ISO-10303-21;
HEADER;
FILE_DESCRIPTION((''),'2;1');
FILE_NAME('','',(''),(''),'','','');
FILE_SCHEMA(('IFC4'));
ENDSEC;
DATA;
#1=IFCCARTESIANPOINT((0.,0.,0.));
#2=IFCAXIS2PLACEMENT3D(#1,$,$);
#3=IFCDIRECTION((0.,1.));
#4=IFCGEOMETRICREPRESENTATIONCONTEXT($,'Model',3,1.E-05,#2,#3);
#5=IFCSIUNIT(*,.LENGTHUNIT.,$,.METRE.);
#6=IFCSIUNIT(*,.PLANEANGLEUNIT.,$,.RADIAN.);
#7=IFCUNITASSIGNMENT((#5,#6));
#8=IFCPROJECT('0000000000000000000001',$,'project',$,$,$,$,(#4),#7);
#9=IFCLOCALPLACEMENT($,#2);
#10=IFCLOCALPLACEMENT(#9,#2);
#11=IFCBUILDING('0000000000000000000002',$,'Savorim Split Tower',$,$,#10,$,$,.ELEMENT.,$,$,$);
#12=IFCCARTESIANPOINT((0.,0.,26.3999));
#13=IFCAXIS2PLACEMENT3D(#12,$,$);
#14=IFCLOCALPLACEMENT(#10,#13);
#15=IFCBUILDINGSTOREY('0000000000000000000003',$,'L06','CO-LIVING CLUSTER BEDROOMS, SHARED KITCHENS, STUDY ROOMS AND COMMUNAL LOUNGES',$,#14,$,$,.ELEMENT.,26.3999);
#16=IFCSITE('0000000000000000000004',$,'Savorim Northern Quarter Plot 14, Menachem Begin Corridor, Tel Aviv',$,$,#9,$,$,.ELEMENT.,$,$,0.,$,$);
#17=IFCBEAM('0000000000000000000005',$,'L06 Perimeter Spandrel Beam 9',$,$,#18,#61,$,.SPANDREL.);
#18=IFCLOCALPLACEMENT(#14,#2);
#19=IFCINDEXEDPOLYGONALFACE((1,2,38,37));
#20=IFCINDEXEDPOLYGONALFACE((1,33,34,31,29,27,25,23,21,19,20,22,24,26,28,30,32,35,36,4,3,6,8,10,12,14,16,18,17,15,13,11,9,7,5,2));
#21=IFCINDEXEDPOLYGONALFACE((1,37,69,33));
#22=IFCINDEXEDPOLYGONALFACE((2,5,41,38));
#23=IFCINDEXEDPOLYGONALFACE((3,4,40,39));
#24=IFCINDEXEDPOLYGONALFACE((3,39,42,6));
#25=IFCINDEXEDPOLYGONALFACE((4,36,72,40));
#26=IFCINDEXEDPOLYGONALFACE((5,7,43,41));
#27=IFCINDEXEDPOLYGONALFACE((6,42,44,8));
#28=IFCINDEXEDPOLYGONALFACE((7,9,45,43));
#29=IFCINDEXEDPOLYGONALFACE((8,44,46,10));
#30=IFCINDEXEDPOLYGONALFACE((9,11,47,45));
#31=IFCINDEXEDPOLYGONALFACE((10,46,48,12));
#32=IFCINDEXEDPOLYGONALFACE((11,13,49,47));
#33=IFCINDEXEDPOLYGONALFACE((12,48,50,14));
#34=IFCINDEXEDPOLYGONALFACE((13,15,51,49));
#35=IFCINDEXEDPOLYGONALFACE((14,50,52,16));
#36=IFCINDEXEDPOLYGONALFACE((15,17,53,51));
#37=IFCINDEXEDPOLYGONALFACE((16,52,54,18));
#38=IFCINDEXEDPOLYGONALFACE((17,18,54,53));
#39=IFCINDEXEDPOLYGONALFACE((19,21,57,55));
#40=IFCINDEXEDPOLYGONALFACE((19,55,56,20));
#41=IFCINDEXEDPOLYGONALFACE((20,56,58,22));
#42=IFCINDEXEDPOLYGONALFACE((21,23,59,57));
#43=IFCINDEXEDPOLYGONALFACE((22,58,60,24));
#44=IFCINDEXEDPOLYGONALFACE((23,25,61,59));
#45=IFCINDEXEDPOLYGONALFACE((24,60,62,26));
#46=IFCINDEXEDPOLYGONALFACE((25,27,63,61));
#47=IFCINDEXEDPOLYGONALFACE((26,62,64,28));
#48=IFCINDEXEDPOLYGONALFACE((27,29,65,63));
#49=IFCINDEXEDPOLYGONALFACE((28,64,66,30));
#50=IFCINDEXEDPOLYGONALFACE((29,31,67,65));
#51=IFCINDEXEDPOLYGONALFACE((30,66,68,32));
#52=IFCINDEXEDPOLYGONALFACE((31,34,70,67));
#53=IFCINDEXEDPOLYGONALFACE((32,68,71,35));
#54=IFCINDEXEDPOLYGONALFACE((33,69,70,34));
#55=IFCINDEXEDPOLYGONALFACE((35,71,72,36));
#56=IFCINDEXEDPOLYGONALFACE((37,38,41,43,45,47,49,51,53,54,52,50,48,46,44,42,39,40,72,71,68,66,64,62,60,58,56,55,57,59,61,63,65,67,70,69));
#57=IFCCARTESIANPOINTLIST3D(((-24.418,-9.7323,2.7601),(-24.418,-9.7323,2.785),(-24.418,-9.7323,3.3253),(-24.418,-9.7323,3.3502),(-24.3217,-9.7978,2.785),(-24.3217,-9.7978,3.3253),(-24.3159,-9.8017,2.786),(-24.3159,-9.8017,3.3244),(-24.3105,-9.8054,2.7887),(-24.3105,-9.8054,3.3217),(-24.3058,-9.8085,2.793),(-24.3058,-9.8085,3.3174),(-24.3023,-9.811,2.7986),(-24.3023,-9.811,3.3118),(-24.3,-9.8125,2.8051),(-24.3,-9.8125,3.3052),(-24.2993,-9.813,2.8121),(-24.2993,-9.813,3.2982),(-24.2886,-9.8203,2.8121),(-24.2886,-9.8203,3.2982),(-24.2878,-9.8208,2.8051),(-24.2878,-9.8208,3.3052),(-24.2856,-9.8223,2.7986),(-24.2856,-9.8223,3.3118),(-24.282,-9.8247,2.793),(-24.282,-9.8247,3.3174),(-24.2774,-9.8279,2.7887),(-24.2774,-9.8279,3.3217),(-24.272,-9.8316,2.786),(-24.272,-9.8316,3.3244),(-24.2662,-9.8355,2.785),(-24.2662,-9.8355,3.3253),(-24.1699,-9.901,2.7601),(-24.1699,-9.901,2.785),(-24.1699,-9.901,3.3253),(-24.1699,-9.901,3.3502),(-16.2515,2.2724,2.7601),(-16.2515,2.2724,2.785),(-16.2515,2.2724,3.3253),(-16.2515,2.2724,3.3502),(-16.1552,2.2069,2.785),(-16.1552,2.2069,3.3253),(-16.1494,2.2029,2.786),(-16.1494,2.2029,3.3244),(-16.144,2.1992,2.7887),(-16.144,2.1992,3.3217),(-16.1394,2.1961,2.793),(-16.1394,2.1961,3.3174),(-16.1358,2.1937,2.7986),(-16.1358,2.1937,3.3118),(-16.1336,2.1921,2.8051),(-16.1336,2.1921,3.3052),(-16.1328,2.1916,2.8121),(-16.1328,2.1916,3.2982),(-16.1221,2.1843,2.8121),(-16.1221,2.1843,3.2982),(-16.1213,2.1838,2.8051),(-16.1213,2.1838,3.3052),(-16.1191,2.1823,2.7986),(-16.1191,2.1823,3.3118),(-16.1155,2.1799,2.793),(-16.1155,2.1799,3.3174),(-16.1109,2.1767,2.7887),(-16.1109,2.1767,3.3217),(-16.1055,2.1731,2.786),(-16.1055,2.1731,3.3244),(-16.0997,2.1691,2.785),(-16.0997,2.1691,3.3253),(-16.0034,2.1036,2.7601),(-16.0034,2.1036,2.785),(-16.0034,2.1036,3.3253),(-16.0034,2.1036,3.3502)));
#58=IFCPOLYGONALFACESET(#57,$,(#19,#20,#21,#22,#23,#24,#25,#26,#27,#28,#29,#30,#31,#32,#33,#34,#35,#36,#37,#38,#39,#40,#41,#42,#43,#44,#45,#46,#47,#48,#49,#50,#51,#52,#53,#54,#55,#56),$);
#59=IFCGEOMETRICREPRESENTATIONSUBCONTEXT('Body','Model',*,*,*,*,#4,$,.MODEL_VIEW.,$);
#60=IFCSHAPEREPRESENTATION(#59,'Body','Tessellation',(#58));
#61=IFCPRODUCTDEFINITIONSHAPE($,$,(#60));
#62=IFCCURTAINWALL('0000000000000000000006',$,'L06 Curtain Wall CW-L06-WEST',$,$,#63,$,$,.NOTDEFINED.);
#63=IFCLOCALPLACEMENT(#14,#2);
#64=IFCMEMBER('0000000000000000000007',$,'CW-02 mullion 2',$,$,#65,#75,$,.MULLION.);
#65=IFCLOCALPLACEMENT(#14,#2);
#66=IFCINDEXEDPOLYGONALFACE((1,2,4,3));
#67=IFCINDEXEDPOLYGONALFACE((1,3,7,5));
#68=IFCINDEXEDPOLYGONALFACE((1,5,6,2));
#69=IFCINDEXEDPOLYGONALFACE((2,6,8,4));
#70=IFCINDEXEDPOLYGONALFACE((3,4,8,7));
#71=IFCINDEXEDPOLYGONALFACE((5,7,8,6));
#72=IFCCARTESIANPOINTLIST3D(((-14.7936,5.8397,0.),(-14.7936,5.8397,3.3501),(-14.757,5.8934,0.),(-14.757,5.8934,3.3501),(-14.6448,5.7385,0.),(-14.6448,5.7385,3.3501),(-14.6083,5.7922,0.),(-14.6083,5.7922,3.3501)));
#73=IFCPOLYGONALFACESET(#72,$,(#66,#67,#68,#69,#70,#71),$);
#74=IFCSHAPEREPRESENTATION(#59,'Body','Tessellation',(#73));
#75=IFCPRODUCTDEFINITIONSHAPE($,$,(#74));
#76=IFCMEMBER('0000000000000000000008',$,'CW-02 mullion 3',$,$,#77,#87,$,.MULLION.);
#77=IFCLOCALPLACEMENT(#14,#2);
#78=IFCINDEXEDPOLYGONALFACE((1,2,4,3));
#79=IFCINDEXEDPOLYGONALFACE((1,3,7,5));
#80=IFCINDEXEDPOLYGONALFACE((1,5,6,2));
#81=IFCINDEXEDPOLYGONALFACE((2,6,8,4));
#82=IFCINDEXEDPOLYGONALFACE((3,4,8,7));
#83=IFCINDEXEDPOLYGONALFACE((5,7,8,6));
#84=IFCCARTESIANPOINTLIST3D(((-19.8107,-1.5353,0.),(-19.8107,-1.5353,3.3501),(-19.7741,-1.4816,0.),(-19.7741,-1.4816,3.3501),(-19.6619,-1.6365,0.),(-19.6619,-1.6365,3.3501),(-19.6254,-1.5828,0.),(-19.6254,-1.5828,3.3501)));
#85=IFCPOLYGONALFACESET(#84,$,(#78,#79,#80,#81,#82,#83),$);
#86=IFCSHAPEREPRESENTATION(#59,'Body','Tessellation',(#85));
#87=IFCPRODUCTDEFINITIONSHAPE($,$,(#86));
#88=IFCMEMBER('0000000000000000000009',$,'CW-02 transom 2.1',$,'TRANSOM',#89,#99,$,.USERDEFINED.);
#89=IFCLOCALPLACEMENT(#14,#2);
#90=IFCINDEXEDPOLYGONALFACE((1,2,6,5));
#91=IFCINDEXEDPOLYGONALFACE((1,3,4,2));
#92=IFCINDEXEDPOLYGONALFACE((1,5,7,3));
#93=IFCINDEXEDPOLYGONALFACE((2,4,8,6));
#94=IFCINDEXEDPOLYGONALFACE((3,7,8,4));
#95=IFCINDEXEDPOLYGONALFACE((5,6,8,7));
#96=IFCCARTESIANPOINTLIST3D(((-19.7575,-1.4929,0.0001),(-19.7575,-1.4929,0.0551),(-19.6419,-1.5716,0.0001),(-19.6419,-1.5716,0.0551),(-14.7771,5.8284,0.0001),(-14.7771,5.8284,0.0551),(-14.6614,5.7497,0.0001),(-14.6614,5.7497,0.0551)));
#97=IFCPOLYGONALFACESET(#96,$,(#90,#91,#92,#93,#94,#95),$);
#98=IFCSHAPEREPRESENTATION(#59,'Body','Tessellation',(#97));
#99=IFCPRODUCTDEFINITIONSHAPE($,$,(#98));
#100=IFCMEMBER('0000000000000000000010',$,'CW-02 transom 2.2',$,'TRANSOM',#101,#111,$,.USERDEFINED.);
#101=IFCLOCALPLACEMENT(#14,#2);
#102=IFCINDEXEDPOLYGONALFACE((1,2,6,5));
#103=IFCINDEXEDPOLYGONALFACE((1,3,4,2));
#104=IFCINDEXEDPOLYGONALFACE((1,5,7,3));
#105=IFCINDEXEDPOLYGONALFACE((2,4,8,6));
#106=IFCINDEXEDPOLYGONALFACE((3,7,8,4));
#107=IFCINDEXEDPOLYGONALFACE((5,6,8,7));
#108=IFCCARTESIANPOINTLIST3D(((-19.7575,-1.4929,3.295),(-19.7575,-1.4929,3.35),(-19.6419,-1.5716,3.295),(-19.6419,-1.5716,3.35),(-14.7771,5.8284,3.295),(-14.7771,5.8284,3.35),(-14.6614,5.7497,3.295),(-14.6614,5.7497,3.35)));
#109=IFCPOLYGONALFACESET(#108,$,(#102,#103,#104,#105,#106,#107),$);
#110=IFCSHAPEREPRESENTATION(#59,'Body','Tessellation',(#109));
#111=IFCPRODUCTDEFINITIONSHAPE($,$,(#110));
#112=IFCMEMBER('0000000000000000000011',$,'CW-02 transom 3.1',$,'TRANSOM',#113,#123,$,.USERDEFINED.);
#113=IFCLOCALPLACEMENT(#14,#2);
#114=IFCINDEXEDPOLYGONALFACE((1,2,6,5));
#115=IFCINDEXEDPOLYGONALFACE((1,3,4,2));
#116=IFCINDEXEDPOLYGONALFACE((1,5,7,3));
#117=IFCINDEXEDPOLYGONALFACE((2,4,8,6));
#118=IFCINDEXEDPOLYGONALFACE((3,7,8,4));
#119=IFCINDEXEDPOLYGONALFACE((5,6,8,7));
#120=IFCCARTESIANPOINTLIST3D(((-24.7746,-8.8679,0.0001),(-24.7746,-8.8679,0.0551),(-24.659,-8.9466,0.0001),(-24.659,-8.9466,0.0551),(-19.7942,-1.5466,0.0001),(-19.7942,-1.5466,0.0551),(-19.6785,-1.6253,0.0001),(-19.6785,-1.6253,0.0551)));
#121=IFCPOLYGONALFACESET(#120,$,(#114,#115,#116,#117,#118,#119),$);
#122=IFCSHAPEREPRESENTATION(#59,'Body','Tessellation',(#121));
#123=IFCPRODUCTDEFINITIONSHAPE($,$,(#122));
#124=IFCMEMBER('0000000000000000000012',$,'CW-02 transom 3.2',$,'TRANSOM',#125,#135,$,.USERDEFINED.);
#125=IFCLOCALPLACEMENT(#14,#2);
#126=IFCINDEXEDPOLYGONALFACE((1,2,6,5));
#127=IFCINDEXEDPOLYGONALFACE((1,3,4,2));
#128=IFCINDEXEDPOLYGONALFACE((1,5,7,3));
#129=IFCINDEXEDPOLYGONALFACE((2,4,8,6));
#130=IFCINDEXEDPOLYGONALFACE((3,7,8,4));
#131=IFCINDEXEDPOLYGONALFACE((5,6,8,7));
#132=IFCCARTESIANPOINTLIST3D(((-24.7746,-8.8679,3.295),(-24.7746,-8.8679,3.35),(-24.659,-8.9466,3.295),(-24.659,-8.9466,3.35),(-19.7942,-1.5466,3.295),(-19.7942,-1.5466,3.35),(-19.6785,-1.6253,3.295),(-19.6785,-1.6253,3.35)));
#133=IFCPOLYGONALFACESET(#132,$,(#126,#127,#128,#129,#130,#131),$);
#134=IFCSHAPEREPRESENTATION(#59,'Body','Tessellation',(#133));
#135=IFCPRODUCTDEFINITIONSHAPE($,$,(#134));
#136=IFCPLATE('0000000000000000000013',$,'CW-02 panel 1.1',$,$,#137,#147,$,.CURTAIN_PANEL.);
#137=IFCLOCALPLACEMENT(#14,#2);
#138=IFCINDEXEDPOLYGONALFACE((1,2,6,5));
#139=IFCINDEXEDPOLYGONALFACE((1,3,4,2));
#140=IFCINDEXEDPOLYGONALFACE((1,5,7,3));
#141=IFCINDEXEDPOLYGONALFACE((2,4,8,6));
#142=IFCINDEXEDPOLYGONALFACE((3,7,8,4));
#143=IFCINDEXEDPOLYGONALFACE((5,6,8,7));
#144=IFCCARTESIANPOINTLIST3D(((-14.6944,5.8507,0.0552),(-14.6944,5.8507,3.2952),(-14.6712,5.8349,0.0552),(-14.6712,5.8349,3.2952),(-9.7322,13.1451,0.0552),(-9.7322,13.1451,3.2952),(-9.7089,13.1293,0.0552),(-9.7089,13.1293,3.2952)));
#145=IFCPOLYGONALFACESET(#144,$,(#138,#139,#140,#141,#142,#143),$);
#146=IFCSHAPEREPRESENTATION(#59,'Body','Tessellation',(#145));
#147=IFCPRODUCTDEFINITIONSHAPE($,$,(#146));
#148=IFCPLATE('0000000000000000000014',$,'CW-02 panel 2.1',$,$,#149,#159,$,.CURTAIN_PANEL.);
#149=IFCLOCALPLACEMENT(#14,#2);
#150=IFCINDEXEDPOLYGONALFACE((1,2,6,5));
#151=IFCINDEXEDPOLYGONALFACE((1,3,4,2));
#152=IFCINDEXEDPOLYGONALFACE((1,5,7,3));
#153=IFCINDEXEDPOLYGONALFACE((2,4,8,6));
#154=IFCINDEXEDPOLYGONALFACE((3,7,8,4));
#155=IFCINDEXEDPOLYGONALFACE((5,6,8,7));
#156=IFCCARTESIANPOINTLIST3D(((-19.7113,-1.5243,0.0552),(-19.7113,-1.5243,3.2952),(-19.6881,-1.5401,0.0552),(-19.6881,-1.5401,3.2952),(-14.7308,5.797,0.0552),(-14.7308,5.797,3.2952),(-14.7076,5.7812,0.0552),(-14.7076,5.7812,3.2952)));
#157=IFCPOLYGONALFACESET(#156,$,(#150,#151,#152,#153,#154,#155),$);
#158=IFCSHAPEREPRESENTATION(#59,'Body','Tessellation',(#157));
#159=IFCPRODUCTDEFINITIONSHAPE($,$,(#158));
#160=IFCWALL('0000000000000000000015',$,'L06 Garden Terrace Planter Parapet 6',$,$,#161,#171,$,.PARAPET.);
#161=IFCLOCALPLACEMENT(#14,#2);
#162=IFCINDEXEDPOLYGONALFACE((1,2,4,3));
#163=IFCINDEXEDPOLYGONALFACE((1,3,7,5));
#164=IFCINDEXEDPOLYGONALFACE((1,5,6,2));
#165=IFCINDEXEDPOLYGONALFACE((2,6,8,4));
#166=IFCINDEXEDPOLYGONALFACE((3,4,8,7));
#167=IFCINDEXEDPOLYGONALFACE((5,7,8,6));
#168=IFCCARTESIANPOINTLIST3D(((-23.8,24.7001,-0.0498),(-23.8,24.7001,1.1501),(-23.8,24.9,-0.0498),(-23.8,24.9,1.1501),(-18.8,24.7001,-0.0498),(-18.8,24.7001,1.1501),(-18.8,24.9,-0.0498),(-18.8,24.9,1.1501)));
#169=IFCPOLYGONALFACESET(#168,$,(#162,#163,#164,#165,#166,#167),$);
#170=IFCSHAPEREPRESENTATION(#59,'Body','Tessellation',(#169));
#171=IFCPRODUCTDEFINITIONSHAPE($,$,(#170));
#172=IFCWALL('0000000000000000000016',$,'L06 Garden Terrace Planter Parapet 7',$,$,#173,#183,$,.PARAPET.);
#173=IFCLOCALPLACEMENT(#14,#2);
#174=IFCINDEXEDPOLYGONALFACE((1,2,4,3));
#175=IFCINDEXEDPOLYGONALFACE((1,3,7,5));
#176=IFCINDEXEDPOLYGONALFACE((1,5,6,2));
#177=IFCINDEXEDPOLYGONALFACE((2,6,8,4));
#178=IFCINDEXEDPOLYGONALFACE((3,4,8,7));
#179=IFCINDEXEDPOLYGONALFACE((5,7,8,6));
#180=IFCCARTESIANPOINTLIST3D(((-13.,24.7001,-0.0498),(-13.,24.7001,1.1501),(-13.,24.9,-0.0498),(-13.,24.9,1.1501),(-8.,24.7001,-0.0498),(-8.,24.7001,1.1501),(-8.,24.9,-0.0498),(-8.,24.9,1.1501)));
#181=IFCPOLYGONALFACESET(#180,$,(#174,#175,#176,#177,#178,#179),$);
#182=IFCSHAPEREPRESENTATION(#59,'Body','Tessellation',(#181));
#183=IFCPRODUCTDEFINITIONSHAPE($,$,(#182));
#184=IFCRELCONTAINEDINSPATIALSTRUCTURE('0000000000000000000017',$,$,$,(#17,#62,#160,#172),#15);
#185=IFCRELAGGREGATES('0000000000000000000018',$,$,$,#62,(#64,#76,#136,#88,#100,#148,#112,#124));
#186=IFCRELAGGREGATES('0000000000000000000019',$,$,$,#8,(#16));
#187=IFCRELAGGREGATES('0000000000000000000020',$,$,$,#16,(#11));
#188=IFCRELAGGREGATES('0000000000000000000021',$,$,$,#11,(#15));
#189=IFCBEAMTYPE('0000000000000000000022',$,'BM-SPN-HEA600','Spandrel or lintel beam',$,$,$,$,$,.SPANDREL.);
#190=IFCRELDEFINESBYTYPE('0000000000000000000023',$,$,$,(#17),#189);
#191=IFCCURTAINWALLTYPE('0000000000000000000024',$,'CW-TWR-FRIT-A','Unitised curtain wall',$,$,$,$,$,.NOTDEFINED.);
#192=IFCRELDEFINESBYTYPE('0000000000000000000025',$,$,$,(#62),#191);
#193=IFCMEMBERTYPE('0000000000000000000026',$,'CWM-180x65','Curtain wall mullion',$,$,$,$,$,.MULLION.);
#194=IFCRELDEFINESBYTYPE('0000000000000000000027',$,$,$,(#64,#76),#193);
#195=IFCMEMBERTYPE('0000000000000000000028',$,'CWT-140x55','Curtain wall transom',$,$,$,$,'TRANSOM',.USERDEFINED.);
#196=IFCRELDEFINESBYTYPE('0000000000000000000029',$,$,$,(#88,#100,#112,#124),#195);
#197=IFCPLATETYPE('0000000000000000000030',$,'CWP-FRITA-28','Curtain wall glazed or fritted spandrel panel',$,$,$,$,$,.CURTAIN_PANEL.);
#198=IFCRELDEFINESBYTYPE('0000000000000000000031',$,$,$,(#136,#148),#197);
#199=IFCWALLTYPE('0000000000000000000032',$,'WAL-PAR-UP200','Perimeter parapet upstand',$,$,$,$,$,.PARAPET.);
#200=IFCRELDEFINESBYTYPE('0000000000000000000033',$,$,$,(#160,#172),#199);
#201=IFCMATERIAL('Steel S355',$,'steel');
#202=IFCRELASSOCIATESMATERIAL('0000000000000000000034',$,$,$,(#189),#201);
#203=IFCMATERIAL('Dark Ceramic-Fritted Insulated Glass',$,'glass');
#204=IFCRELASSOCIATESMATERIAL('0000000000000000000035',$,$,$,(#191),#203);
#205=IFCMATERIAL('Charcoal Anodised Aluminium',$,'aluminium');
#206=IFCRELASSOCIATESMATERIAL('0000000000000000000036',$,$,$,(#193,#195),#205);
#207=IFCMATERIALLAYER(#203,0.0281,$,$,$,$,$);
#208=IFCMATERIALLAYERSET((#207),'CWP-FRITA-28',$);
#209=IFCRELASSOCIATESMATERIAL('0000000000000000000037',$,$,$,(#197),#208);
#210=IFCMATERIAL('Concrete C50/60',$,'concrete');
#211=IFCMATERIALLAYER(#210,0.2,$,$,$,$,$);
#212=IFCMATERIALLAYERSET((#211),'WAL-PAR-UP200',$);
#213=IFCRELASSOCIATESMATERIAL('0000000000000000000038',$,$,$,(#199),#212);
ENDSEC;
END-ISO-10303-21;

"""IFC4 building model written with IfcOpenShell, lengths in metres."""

from ifc_helpers import new_model, si_unit, direction, frame, frame_2d, origin, origin_2d, place, context, subcontext, project, spatial, rectangle, i_section, extrude, material, layer, layer_set, material_profile, profile_set, type_object, element, aggregate, save


model = new_model("IFC4")

# Units and contexts
model_context = context("Model", 3, precision=1e-05, world=origin(), true_north=direction((0.0, 1.0)))
body_context = subcontext(model_context, "Body", "Model", "MODEL_VIEW")
ifc_project = project(units=[si_unit("LENGTHUNIT", "METRE"), si_unit("PLANEANGLEUNIT", "RADIAN")], contexts=[model_context])

# Site, building, storey
site_placement = place(None, origin())
site = spatial("IfcSite", under=ifc_project, at=site_placement, Name="Savorim Northern Quarter Plot 14, Menachem Begin Corridor, Tel Aviv", CompositionType="ELEMENT", RefElevation=0.0)
building_placement = place(site_placement, origin())
building = spatial("IfcBuilding", under=site, at=building_placement, Name="Savorim Split Tower", CompositionType="ELEMENT")
storey_placement = place(building_placement, frame((0.0, 0.0, 26.3999)))
storey = spatial("IfcBuildingStorey", under=building, at=storey_placement, Name="L06", Description="CO-LIVING CLUSTER BEDROOMS, SHARED KITCHENS, STUDY ROOMS AND COMMUNAL LOUNGES", CompositionType="ELEMENT", Elevation=26.3999)

# Beam
ifc_material_1 = material(Name="Steel S355", Category="steel")
ifc_material_profile_1 = material_profile(ifc_material_1, i_section(OverallWidth=0.3, OverallDepth=0.5901, WebThickness=0.0129, FlangeThickness=0.0249, FilletRadius=0.0271, at=origin_2d()), Name="HEA 600")
ifc_profile_set_1 = profile_set([ifc_material_profile_1], Name="Steel S355")
beam_type_1 = type_object("IfcBeamType", Name="BM-SPN-HEA600", Description="Spandrel or lintel beam", PredefinedType="SPANDREL", material=ifc_profile_set_1)
beam_1_placement = place(storey_placement, frame((-16.1274, 2.188, 3.0552), z_axis=(-0.562468, -0.826819, 0.0), x_axis=(0.826819, -0.562468, 0.0)))
element("IfcBeam", 1, at=beam_1_placement, inside=storey, type_object=beam_type_1, Name="L06 Perimeter Spandrel Beam 9", PredefinedType="SPANDREL", context=body_context, shape_type="SweptSolid", body=[
    extrude(i_section(OverallWidth=0.3, OverallDepth=0.5901, WebThickness=0.0129, FlangeThickness=0.0249, FilletRadius=0.0271, at=origin_2d()), origin(), (0.0, 0.0, 1.0), 14.519),
])

# Curtain wall, members, plates
ifc_material_2 = material(Name="Dark Ceramic-Fritted Insulated Glass", Category="glass")
curtain_wall_type = type_object("IfcCurtainWallType", Name="CW-TWR-FRIT-A", Description="Unitised curtain wall", PredefinedType="NOTDEFINED", material=ifc_material_2)
curtain_wall_placement = place(storey_placement, origin())
curtain_wall = element("IfcCurtainWall", 2, at=curtain_wall_placement, inside=storey, type_object=curtain_wall_type, Name="L06 Curtain Wall CW-L06-WEST", PredefinedType="NOTDEFINED")
ifc_material_3 = material(Name="Charcoal Anodised Aluminium", Category="aluminium")
ifc_material_profile_2 = material_profile(ifc_material_3, rectangle(XDim=0.1799, YDim=0.0649, at=origin_2d()), Name="ALU-M 180x65")
ifc_profile_set_2 = profile_set([ifc_material_profile_2], Name="Charcoal Anodised Aluminium")
member_type_1 = type_object("IfcMemberType", Name="CWM-180x65", Description="Curtain wall mullion", PredefinedType="MULLION", material=ifc_profile_set_2)
member_1_placement = place(storey_placement, frame((-14.7009, 5.8159, 0.0), z_axis=(0.0, 0.0, 1.0), x_axis=(0.826821, -0.562465, 0.0)))
member_1 = element("IfcMember", 3, at=member_1_placement, type_object=member_type_1, Name="CW-02 mullion 2", PredefinedType="MULLION", context=body_context, shape_type="SweptSolid", body=[
    extrude(rectangle(XDim=0.1799, YDim=0.0649, at=origin_2d()), origin(), (0.0, 0.0, 1.0), 3.3501),
])
member_2_placement = place(storey_placement, frame((-19.718, -1.5591, 0.0), z_axis=(0.0, 0.0, 1.0), x_axis=(0.826821, -0.562465, 0.0)))
member_2 = element("IfcMember", 4, at=member_2_placement, type_object=member_type_1, Name="CW-02 mullion 3", PredefinedType="MULLION", context=body_context, shape_type="SweptSolid", body=[
    extrude(rectangle(XDim=0.1799, YDim=0.0649, at=origin_2d()), origin(), (0.0, 0.0, 1.0), 3.3501),
])
ifc_material_profile_3 = material_profile(ifc_material_3, rectangle(XDim=0.1399, YDim=0.0549, at=origin_2d()), Name="ALU-T 140x55")
ifc_profile_set_3 = profile_set([ifc_material_profile_3], Name="Charcoal Anodised Aluminium")
member_type_2 = type_object("IfcMemberType", Name="CWT-140x55", Description="Curtain wall transom", ElementType="TRANSOM", PredefinedType="USERDEFINED", material=ifc_profile_set_3)
member_3_placement = place(storey_placement, frame((-14.7192, 5.7891, 0.0276), z_axis=(-0.562464, -0.826822, 0.0), x_axis=(0.826822, -0.562464, 0.0)))
member_3 = element("IfcMember", 5, at=member_3_placement, type_object=member_type_2, Name="CW-02 transom 2.1", ObjectType="TRANSOM", PredefinedType="USERDEFINED", context=body_context, shape_type="SweptSolid", body=[
    extrude(rectangle(XDim=0.1399, YDim=0.0549, at=origin_2d()), origin(), (0.0, 0.0, 1.0), 8.8547),
])
member_4_placement = place(storey_placement, frame((-14.7192, 5.7891, 3.3225), z_axis=(-0.562464, -0.826822, 0.0), x_axis=(0.826822, -0.562464, 0.0)))
member_4 = element("IfcMember", 6, at=member_4_placement, type_object=member_type_2, Name="CW-02 transom 2.2", ObjectType="TRANSOM", PredefinedType="USERDEFINED", context=body_context, shape_type="SweptSolid", body=[
    extrude(rectangle(XDim=0.1399, YDim=0.0549, at=origin_2d()), origin(), (0.0, 0.0, 1.0), 8.8547),
])
member_5_placement = place(storey_placement, frame((-19.7363, -1.5859, 0.0276), z_axis=(-0.562464, -0.826822, 0.0), x_axis=(0.826822, -0.562464, 0.0)))
member_5 = element("IfcMember", 7, at=member_5_placement, type_object=member_type_2, Name="CW-02 transom 3.1", ObjectType="TRANSOM", PredefinedType="USERDEFINED", context=body_context, shape_type="SweptSolid", body=[
    extrude(rectangle(XDim=0.1399, YDim=0.0549, at=origin_2d()), origin(), (0.0, 0.0, 1.0), 8.8547),
])
member_6_placement = place(storey_placement, frame((-19.7363, -1.5859, 3.3225), z_axis=(-0.562464, -0.826822, 0.0), x_axis=(0.826822, -0.562464, 0.0)))
member_6 = element("IfcMember", 8, at=member_6_placement, type_object=member_type_2, Name="CW-02 transom 3.2", ObjectType="TRANSOM", PredefinedType="USERDEFINED", context=body_context, shape_type="SweptSolid", body=[
    extrude(rectangle(XDim=0.1399, YDim=0.0549, at=origin_2d()), origin(), (0.0, 0.0, 1.0), 8.8547),
])
ifc_layer_1 = layer(ifc_material_2, 0.0281)
ifc_layer_set_1 = layer_set([ifc_layer_1], Name="CWP-FRITA-28")
plate_type = type_object("IfcPlateType", Name="CWP-FRITA-28", Description="Curtain wall glazed or fritted spandrel panel", PredefinedType="CURTAIN_PANEL", material=ifc_layer_set_1)
plate_1_placement = place(storey_placement, frame((-12.2017, 9.49, 0.0552), z_axis=(0.0, 0.0, 1.0), x_axis=(-0.562465, -0.826821, 0.0)))
plate_1 = element("IfcPlate", 9, at=plate_1_placement, type_object=plate_type, Name="CW-02 panel 1.1", PredefinedType="CURTAIN_PANEL", context=body_context, shape_type="SweptSolid", body=[
    extrude(rectangle(XDim=8.8223, YDim=0.0281, at=origin_2d()), origin(), (0.0, 0.0, 1.0), 3.24),
])
plate_2_placement = place(storey_placement, frame((-17.2095, 2.1284, 0.0552), z_axis=(0.0, 0.0, 1.0), x_axis=(-0.562465, -0.826821, 0.0)))
plate_2 = element("IfcPlate", 10, at=plate_2_placement, type_object=plate_type, Name="CW-02 panel 2.1", PredefinedType="CURTAIN_PANEL", context=body_context, shape_type="SweptSolid", body=[
    extrude(rectangle(XDim=8.8547, YDim=0.0281, at=origin_2d()), origin(), (0.0, 0.0, 1.0), 3.24),
])
aggregate(curtain_wall, [member_1, member_2, plate_1, member_3, member_4, plate_2, member_5, member_6])

# Walls
ifc_material_4 = material(Name="Concrete C50/60", Category="concrete")
ifc_layer_2 = layer(ifc_material_4, 0.2)
ifc_layer_set_2 = layer_set([ifc_layer_2], Name="WAL-PAR-UP200")
wall_type = type_object("IfcWallType", Name="WAL-PAR-UP200", Description="Perimeter parapet upstand", PredefinedType="PARAPET", material=ifc_layer_set_2)
for number, where, z_axis, x_axis, name in (
    (11, (-23.8, 24.8, -0.0498), (0.0, 0.0, 1.0), (1.0, 0.0, 0.0), "L06 Garden Terrace Planter Parapet 6"),
    (12, (-13.0, 24.8, -0.0498), (0.0, 0.0, 1.0), (1.0, 0.0, 0.0), "L06 Garden Terrace Planter Parapet 7"),
):
    element("IfcWall", number, at=place(storey_placement, frame(where, z_axis=z_axis, x_axis=x_axis)), inside=storey, type_object=wall_type, Name=name, PredefinedType="PARAPET", context=body_context, shape_type="SweptSolid", body=[
        extrude(rectangle(XDim=5.0, YDim=0.2, at=frame_2d((2.5, 0.0))), origin(), (0.0, 0.0, 1.0), 1.2),
    ])

save(model, "model.ifc")
